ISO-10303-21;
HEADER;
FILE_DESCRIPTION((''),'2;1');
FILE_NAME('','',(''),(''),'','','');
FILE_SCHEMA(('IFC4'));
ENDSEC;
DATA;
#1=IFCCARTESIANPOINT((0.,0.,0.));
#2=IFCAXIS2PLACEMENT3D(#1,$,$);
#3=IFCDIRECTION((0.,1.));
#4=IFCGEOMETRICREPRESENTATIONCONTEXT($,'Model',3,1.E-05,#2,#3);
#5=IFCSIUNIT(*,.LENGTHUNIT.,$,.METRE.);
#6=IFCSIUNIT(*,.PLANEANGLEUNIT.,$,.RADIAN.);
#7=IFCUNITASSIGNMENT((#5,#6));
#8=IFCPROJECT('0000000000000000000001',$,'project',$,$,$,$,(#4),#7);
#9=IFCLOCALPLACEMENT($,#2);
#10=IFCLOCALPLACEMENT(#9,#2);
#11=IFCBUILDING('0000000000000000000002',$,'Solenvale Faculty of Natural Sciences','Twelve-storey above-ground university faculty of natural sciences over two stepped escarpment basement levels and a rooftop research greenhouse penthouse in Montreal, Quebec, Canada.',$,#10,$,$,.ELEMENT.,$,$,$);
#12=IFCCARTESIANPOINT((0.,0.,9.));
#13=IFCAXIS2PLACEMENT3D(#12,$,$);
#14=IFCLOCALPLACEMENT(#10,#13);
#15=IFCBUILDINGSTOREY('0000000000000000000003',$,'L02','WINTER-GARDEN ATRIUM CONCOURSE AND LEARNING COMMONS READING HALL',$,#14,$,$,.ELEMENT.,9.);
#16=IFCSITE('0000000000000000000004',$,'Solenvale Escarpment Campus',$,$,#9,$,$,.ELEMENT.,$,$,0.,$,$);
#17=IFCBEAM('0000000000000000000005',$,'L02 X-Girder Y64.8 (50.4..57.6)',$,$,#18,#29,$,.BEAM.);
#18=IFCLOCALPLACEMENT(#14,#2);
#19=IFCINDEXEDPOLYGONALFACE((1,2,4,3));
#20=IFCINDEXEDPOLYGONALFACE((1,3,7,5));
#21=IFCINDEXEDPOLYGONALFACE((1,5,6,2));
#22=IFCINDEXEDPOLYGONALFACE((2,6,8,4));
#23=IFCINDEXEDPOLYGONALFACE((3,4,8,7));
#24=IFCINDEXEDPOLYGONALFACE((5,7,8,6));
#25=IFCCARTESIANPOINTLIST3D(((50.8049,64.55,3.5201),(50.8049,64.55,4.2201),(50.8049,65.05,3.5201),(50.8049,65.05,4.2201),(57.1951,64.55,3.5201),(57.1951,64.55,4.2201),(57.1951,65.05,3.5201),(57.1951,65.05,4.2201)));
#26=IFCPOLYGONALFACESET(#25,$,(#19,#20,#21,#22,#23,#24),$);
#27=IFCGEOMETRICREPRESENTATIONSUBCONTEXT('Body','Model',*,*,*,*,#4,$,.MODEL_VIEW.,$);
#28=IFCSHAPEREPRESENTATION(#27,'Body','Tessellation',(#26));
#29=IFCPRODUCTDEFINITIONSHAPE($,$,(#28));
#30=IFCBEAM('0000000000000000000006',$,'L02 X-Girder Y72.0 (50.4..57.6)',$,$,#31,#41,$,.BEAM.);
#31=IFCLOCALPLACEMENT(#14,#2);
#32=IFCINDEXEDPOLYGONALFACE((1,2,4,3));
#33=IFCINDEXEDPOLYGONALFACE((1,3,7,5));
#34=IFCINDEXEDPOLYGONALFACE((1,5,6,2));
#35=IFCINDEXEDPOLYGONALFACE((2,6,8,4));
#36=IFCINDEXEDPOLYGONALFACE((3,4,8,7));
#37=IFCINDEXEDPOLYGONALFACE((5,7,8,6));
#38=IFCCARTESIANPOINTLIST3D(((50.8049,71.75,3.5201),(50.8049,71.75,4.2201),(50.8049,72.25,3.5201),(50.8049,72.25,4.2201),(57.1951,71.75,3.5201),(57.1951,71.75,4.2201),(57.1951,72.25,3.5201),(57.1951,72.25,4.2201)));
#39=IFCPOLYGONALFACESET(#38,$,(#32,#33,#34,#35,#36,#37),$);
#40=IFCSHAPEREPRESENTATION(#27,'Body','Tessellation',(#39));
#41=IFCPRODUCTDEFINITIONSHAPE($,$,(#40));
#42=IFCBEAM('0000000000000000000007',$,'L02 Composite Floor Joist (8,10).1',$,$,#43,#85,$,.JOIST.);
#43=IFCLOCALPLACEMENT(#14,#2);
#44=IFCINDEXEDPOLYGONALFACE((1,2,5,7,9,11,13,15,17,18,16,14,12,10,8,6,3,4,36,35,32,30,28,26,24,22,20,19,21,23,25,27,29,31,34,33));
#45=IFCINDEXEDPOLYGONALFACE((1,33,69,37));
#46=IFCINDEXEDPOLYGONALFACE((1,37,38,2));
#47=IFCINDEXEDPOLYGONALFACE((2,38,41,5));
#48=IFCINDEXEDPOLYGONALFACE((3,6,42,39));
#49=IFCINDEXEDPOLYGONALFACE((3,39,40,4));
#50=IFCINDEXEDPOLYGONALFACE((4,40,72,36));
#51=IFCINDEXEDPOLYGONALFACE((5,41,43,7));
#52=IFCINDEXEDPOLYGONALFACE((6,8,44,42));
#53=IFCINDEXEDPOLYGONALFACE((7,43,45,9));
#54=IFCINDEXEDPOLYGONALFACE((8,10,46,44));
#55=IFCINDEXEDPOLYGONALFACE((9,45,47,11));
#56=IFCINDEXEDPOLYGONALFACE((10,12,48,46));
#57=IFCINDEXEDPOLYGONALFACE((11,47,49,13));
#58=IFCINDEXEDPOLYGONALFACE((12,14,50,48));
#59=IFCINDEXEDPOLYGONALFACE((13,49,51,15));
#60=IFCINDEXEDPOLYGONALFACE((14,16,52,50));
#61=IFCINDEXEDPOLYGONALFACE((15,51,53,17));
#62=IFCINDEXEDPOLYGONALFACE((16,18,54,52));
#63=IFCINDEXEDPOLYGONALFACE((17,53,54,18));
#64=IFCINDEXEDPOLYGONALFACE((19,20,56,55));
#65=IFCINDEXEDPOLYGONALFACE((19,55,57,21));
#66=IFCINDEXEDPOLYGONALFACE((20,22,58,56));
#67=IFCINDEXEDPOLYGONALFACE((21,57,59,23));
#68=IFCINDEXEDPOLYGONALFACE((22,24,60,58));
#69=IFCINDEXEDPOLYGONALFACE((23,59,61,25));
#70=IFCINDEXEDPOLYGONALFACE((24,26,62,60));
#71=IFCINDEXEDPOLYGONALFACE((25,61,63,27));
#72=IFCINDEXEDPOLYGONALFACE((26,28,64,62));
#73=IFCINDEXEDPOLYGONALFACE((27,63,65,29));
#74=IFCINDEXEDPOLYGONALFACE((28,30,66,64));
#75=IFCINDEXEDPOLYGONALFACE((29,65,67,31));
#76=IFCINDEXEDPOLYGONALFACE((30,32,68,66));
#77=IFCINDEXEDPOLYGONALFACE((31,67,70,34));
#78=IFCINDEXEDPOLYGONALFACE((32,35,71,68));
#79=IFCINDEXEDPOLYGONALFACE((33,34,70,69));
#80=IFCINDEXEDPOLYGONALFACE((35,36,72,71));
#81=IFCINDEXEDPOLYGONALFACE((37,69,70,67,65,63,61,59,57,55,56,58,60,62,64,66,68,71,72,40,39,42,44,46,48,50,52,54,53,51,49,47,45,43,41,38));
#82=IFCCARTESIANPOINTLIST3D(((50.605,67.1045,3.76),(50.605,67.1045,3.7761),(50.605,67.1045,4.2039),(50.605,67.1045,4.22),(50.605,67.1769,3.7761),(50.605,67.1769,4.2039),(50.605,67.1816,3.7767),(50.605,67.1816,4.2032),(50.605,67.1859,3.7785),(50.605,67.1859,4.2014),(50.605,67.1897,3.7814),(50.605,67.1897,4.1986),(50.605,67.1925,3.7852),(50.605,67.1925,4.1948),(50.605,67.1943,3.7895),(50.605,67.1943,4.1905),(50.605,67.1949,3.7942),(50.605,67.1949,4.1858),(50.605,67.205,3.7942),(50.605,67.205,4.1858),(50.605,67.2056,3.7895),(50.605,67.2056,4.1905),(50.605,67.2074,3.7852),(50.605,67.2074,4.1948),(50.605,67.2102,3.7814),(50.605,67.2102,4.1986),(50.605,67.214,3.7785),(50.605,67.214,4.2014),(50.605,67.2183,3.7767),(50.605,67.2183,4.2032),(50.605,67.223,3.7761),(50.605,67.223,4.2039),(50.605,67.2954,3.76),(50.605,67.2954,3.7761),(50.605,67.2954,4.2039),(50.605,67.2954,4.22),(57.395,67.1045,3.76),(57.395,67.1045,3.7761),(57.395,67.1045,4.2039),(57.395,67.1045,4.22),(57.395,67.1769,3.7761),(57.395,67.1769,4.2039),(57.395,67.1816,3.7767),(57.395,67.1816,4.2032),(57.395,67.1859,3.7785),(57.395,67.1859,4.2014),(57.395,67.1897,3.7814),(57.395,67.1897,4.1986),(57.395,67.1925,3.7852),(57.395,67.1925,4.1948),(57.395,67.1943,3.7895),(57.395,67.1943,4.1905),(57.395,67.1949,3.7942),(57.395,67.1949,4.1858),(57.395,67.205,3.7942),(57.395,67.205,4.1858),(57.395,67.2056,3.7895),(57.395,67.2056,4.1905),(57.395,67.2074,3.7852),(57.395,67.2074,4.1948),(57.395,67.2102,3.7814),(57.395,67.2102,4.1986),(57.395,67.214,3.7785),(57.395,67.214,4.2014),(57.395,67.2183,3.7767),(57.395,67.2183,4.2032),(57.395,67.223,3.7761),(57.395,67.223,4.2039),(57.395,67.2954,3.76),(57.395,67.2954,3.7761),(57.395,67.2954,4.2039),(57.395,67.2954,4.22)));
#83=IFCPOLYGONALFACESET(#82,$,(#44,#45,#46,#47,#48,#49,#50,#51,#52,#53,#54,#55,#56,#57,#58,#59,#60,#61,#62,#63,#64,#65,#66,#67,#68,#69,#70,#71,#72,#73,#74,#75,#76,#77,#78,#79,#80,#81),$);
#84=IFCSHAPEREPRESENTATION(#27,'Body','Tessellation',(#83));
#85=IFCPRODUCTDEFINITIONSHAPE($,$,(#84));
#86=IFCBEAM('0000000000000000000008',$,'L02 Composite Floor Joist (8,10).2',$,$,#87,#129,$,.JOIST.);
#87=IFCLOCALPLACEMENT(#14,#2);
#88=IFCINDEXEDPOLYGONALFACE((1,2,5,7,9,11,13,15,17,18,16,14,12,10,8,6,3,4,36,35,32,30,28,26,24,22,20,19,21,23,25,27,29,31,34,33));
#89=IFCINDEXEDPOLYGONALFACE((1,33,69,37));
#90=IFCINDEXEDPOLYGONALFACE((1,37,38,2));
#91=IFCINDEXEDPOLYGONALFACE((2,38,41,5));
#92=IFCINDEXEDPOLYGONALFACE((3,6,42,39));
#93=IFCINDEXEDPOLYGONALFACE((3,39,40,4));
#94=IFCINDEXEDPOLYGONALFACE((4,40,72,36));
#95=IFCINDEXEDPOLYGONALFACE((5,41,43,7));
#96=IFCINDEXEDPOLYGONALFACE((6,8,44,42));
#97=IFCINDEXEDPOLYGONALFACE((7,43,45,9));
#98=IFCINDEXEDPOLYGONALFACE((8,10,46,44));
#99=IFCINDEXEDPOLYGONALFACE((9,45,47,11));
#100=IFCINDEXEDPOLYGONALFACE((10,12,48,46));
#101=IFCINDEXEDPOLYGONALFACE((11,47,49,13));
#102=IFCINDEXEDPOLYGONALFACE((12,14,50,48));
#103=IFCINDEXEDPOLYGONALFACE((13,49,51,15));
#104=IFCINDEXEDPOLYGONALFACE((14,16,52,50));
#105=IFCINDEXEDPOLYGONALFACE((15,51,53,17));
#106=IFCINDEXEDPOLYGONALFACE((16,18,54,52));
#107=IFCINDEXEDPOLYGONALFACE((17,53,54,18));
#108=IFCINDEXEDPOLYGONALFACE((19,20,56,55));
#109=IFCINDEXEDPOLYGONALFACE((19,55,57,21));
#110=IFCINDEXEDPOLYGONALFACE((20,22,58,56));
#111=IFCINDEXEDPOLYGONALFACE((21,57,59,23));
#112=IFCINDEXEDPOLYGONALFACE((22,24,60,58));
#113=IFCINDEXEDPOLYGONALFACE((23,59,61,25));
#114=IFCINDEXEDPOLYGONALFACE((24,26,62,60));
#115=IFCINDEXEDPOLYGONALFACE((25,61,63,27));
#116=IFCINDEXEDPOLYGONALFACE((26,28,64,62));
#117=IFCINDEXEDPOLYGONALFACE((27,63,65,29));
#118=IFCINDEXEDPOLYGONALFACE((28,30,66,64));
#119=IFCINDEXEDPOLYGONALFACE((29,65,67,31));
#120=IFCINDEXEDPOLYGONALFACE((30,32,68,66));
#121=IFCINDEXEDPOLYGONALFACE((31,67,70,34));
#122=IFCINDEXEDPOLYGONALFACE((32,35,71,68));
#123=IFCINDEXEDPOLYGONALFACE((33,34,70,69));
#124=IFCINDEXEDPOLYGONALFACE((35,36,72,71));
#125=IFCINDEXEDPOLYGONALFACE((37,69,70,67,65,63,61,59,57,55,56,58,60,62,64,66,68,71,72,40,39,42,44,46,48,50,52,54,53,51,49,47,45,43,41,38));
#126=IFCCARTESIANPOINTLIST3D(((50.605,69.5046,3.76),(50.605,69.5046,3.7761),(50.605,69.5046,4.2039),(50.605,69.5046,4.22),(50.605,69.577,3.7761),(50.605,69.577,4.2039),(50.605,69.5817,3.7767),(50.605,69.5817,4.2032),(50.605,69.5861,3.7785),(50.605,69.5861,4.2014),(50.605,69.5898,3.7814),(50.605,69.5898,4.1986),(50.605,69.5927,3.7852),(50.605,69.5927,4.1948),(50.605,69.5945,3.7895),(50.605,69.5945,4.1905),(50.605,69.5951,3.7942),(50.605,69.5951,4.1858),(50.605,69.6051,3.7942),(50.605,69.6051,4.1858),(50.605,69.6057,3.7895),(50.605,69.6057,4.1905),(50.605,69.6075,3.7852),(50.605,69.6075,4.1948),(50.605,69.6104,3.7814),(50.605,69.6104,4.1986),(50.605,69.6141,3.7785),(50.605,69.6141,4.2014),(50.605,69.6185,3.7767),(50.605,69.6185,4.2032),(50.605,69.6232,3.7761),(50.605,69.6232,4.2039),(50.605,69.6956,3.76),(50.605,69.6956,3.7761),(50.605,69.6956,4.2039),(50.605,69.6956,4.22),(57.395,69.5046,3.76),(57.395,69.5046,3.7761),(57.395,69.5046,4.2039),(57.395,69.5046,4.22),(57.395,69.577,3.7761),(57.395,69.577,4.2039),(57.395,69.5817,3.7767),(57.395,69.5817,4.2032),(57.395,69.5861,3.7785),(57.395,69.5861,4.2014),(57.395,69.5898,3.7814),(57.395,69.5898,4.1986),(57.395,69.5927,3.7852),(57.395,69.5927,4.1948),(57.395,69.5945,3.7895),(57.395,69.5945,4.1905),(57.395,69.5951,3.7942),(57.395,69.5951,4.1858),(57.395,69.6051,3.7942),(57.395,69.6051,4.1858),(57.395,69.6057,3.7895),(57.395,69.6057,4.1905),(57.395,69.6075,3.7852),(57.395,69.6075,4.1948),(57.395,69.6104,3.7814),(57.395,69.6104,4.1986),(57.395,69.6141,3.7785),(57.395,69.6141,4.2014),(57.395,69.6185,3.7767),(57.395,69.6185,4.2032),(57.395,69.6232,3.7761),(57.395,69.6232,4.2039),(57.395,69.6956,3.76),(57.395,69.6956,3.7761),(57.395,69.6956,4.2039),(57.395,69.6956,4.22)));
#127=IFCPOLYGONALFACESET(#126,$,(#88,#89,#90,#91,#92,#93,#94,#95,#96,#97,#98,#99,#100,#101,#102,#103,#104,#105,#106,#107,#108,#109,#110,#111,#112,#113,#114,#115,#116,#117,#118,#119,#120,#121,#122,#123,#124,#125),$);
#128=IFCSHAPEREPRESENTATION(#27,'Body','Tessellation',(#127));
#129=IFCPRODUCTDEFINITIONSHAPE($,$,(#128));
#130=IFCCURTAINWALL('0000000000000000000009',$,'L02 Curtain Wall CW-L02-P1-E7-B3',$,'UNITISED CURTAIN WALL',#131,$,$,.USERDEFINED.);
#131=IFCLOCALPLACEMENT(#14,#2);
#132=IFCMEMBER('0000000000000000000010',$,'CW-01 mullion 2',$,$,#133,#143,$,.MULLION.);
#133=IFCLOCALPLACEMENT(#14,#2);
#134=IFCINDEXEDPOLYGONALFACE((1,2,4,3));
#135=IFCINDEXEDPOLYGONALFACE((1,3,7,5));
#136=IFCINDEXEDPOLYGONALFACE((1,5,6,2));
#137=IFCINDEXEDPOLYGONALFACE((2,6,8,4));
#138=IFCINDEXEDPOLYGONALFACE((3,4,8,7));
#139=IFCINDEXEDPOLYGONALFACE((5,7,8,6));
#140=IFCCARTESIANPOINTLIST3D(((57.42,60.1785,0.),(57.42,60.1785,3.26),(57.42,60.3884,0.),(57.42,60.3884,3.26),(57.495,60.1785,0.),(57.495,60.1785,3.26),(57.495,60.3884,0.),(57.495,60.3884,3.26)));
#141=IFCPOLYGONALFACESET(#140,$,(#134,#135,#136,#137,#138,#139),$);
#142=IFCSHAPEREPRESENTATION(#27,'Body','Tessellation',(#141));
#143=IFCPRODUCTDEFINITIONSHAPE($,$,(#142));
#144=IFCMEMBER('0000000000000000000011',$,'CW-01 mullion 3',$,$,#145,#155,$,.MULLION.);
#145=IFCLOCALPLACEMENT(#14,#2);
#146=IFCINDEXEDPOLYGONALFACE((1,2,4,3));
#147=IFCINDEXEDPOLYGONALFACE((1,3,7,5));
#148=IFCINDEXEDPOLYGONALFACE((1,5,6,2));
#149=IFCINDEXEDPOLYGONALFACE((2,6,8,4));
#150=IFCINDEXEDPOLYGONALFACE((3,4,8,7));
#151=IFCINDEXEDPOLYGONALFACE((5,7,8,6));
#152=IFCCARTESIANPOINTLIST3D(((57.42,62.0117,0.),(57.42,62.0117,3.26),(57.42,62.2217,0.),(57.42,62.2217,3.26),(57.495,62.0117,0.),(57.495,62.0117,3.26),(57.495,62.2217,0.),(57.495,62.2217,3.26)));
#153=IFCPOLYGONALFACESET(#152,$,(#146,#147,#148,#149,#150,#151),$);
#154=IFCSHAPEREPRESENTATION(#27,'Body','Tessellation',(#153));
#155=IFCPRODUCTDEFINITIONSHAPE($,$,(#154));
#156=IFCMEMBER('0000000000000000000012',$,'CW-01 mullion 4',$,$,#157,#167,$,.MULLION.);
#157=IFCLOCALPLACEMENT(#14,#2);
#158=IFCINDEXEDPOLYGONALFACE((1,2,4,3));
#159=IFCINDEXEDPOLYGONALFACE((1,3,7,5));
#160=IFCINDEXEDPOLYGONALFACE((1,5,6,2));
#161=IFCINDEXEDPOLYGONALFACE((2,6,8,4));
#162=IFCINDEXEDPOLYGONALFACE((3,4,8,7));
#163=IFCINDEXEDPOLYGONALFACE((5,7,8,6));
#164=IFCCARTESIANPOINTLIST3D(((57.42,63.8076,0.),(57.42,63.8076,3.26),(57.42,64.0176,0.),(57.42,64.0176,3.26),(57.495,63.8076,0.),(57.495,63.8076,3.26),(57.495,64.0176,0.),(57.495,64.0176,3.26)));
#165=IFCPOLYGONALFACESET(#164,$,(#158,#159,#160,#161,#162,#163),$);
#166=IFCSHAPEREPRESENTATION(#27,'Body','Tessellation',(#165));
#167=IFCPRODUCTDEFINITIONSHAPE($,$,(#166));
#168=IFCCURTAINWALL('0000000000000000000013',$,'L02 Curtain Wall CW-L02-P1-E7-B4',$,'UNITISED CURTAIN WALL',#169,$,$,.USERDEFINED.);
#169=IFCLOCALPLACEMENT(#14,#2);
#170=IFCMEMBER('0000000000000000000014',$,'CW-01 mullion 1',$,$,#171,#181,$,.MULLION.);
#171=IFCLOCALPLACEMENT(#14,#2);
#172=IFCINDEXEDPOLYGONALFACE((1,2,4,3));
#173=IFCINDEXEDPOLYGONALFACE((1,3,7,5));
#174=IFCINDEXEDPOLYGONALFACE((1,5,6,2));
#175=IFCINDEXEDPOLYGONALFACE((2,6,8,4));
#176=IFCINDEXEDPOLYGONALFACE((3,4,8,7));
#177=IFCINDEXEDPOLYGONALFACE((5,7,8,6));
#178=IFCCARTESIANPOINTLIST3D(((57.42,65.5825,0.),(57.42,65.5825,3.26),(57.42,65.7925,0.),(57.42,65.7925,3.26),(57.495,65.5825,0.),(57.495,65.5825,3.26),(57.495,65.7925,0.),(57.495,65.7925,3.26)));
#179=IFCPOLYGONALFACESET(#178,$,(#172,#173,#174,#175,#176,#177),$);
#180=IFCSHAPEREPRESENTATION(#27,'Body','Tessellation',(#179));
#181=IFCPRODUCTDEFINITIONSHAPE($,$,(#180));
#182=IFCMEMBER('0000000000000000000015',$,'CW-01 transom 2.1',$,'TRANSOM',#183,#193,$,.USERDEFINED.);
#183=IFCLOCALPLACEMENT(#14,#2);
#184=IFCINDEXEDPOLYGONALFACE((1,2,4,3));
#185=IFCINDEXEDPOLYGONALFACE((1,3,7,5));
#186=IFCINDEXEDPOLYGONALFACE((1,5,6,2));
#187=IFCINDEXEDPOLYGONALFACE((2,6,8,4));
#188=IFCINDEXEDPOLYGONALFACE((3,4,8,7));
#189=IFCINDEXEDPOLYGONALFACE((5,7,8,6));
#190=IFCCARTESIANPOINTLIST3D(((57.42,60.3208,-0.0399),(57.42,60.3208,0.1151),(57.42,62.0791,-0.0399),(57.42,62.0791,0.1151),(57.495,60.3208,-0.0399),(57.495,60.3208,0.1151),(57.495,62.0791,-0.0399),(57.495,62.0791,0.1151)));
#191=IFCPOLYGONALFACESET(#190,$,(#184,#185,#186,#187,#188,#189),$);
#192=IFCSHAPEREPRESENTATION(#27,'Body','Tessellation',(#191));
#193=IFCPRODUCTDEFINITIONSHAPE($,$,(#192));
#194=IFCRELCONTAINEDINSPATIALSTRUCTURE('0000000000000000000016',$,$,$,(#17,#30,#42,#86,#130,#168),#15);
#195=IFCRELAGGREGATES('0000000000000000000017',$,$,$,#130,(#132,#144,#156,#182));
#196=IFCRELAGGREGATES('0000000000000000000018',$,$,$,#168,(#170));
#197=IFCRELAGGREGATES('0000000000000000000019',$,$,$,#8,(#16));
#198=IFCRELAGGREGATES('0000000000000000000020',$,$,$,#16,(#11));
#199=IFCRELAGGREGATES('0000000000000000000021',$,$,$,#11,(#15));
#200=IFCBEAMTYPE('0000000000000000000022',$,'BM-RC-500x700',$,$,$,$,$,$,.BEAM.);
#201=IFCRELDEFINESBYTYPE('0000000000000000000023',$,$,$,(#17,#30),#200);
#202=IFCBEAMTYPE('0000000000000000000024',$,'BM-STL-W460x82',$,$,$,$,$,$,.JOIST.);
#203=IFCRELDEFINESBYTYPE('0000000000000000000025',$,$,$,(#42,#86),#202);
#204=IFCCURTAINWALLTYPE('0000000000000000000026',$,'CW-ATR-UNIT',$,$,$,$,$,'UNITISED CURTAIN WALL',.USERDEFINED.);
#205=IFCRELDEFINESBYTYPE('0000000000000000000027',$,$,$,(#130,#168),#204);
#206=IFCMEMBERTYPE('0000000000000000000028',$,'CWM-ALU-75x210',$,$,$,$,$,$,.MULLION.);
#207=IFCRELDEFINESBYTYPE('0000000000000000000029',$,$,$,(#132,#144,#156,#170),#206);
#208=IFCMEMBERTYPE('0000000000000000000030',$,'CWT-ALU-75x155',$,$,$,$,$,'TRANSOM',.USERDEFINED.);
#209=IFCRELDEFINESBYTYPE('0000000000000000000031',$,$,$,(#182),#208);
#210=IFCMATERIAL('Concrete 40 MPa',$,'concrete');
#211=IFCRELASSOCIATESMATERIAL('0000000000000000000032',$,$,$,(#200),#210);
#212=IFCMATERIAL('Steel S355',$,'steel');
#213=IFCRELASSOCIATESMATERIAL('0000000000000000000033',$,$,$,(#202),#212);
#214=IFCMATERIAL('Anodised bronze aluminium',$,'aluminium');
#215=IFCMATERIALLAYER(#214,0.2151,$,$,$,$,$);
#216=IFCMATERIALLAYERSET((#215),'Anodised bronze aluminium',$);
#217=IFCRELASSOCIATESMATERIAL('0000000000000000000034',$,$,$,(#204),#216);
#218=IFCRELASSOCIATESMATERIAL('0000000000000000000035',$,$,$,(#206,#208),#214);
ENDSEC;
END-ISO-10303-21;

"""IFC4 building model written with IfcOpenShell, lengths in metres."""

from ifc_helpers import new_model, si_unit, direction, frame, origin, origin_2d, place, context, subcontext, project, spatial, rectangle, i_section, extrude, material, layer, layer_set, material_profile, profile_set, type_object, element, aggregate, save


model = new_model("IFC4")

# Units and contexts
model_context = context("Model", 3, precision=1e-05, world=origin(), true_north=direction((0.0, 1.0)))
body_context = subcontext(model_context, "Body", "Model", "MODEL_VIEW")
ifc_project = project(units=[si_unit("LENGTHUNIT", "METRE"), si_unit("PLANEANGLEUNIT", "RADIAN")], contexts=[model_context])

# Site, building, storey
site_placement = place(None, origin())
site = spatial("IfcSite", under=ifc_project, at=site_placement, Name="Solenvale Escarpment Campus", CompositionType="ELEMENT", RefElevation=0.0)
building_placement = place(site_placement, origin())
building = spatial("IfcBuilding", under=site, at=building_placement, Name="Solenvale Faculty of Natural Sciences", Description="Twelve-storey above-ground university faculty of natural sciences over two stepped escarpment basement levels and a rooftop research greenhouse penthouse in Montreal, Quebec, Canada.", CompositionType="ELEMENT")
storey_placement = place(building_placement, frame((0.0, 0.0, 9.0)))
storey = spatial("IfcBuildingStorey", under=building, at=storey_placement, Name="L02", Description="WINTER-GARDEN ATRIUM CONCOURSE AND LEARNING COMMONS READING HALL", CompositionType="ELEMENT", Elevation=9.0)

# Beams
ifc_material_1 = material(Name="Concrete 40 MPa", Category="concrete")
ifc_material_profile_1 = material_profile(ifc_material_1, rectangle(XDim=0.5, YDim=0.7, at=origin_2d()), Name="RC-BM-500x700")
ifc_profile_set_1 = profile_set([ifc_material_profile_1], Name="Concrete 40 MPa")
beam_type_1 = type_object("IfcBeamType", Name="BM-RC-500x700", PredefinedType="BEAM", material=ifc_profile_set_1)
for number, where, z_axis, x_axis, name in (
    (1, (50.8049, 64.8, 3.8701), (1.0, 0.0, 0.0), (0.0, 1.0, 0.0), "L02 X-Girder Y64.8 (50.4..57.6)"),
    (2, (50.8049, 72.0, 3.8701), (1.0, 0.0, 0.0), (0.0, 1.0, 0.0), "L02 X-Girder Y72.0 (50.4..57.6)"),
):
    element("IfcBeam", number, at=place(storey_placement, frame(where, z_axis=z_axis, x_axis=x_axis)), inside=storey, type_object=beam_type_1, Name=name, PredefinedType="BEAM", context=body_context, shape_type="SweptSolid", body=[
        extrude(rectangle(XDim=0.5, YDim=0.7, at=origin_2d()), origin(), (0.0, 0.0, 1.0), 6.3901),
    ])
ifc_material_2 = material(Name="Steel S355", Category="steel")
ifc_material_profile_2 = material_profile(ifc_material_2, i_section(OverallWidth=0.1909, OverallDepth=0.46, WebThickness=0.01, FlangeThickness=0.0161, FilletRadius=0.0181, at=origin_2d()), Name="W460x82")
ifc_profile_set_2 = profile_set([ifc_material_profile_2], Name="Steel S355")
beam_type_2 = type_object("IfcBeamType", Name="BM-STL-W460x82", PredefinedType="JOIST", material=ifc_profile_set_2)
for number, where, z_axis, x_axis, name in (
    (3, (50.605, 67.2, 3.99), (1.0, 0.0, 0.0), (0.0, 1.0, 0.0), "L02 Composite Floor Joist (8,10).1"),
    (4, (50.605, 69.6001, 3.99), (1.0, 0.0, 0.0), (0.0, 1.0, 0.0), "L02 Composite Floor Joist (8,10).2"),
):
    element("IfcBeam", number, at=place(storey_placement, frame(where, z_axis=z_axis, x_axis=x_axis)), inside=storey, type_object=beam_type_2, Name=name, PredefinedType="JOIST", context=body_context, shape_type="SweptSolid", body=[
        extrude(i_section(OverallWidth=0.1909, OverallDepth=0.46, WebThickness=0.01, FlangeThickness=0.0161, FilletRadius=0.0181, at=origin_2d()), origin(), (0.0, 0.0, 1.0), 6.79),
    ])

# Curtain wall, members
ifc_material_3 = material(Name="Anodised bronze aluminium", Category="aluminium")
ifc_layer_1 = layer(ifc_material_3, 0.2151)
ifc_layer_set_1 = layer_set([ifc_layer_1], Name="Anodised bronze aluminium")
curtain_wall_type = type_object("IfcCurtainWallType", Name="CW-ATR-UNIT", ElementType="UNITISED CURTAIN WALL", PredefinedType="USERDEFINED", material=ifc_layer_set_1)
curtain_wall_1_placement = place(storey_placement, origin())
curtain_wall_1 = element("IfcCurtainWall", 5, at=curtain_wall_1_placement, inside=storey, type_object=curtain_wall_type, Name="L02 Curtain Wall CW-L02-P1-E7-B3", ObjectType="UNITISED CURTAIN WALL", PredefinedType="USERDEFINED")
ifc_material_profile_3 = material_profile(ifc_material_3, rectangle(XDim=0.075, YDim=0.21, at=origin_2d()), Name="ALU-MUL-75x210")
ifc_profile_set_3 = profile_set([ifc_material_profile_3], Name="Anodised bronze aluminium")
member_type_1 = type_object("IfcMemberType", Name="CWM-ALU-75x210", PredefinedType="MULLION", material=ifc_profile_set_3)
member_1_placement = place(storey_placement, frame((57.4575, 60.2834, 0.0), z_axis=(0.0, 0.0, 1.0), x_axis=(-1.0, 0.0, 0.0)))
member_1 = element("IfcMember", 6, at=member_1_placement, type_object=member_type_1, Name="CW-01 mullion 2", PredefinedType="MULLION", context=body_context, shape_type="SweptSolid", body=[
    extrude(rectangle(XDim=0.075, YDim=0.21, at=origin_2d()), origin(), (0.0, 0.0, 1.0), 3.26),
])
member_2_placement = place(storey_placement, frame((57.4575, 62.1167, 0.0), z_axis=(0.0, 0.0, 1.0), x_axis=(-1.0, 0.0, 0.0)))
member_2 = element("IfcMember", 7, at=member_2_placement, type_object=member_type_1, Name="CW-01 mullion 3", PredefinedType="MULLION", context=body_context, shape_type="SweptSolid", body=[
    extrude(rectangle(XDim=0.075, YDim=0.21, at=origin_2d()), origin(), (0.0, 0.0, 1.0), 3.26),
])
member_3_placement = place(storey_placement, frame((57.4575, 63.9126, 0.0), z_axis=(0.0, 0.0, 1.0), x_axis=(-1.0, 0.0, 0.0)))
member_3 = element("IfcMember", 8, at=member_3_placement, type_object=member_type_1, Name="CW-01 mullion 4", PredefinedType="MULLION", context=body_context, shape_type="SweptSolid", body=[
    extrude(rectangle(XDim=0.075, YDim=0.21, at=origin_2d()), origin(), (0.0, 0.0, 1.0), 3.26),
])

# Curtain wall, member
curtain_wall_2_placement = place(storey_placement, origin())
curtain_wall_2 = element("IfcCurtainWall", 9, at=curtain_wall_2_placement, inside=storey, type_object=curtain_wall_type, Name="L02 Curtain Wall CW-L02-P1-E7-B4", ObjectType="UNITISED CURTAIN WALL", PredefinedType="USERDEFINED")
member_4_placement = place(storey_placement, frame((57.4575, 65.6875, 0.0), z_axis=(0.0, 0.0, 1.0), x_axis=(-1.0, 0.0, 0.0)))
member_4 = element("IfcMember", 10, at=member_4_placement, type_object=member_type_1, Name="CW-01 mullion 1", PredefinedType="MULLION", context=body_context, shape_type="SweptSolid", body=[
    extrude(rectangle(XDim=0.075, YDim=0.21, at=origin_2d()), origin(), (0.0, 0.0, 1.0), 3.26),
])

# Member
ifc_material_profile_4 = material_profile(ifc_material_3, rectangle(XDim=0.075, YDim=0.155, at=origin_2d()), Name="ALU-TRN-75x155")
ifc_profile_set_4 = profile_set([ifc_material_profile_4], Name="Anodised bronze aluminium")
member_type_2 = type_object("IfcMemberType", Name="CWT-ALU-75x155", ElementType="TRANSOM", PredefinedType="USERDEFINED", material=ifc_profile_set_4)
member_5_placement = place(storey_placement, frame((57.4575, 60.3208, 0.0376), z_axis=(0.0, 1.0, 0.0), x_axis=(-1.0, 0.0, 0.0)))
member_5 = element("IfcMember", 11, at=member_5_placement, type_object=member_type_2, Name="CW-01 transom 2.1", ObjectType="TRANSOM", PredefinedType="USERDEFINED", context=body_context, shape_type="SweptSolid", body=[
    extrude(rectangle(XDim=0.075, YDim=0.155, at=origin_2d()), origin(), (0.0, 0.0, 1.0), 1.7583),
])

aggregate(curtain_wall_1, [member_1, member_2, member_3, member_5])
aggregate(curtain_wall_2, [member_4])

save(model, "model.ifc")
